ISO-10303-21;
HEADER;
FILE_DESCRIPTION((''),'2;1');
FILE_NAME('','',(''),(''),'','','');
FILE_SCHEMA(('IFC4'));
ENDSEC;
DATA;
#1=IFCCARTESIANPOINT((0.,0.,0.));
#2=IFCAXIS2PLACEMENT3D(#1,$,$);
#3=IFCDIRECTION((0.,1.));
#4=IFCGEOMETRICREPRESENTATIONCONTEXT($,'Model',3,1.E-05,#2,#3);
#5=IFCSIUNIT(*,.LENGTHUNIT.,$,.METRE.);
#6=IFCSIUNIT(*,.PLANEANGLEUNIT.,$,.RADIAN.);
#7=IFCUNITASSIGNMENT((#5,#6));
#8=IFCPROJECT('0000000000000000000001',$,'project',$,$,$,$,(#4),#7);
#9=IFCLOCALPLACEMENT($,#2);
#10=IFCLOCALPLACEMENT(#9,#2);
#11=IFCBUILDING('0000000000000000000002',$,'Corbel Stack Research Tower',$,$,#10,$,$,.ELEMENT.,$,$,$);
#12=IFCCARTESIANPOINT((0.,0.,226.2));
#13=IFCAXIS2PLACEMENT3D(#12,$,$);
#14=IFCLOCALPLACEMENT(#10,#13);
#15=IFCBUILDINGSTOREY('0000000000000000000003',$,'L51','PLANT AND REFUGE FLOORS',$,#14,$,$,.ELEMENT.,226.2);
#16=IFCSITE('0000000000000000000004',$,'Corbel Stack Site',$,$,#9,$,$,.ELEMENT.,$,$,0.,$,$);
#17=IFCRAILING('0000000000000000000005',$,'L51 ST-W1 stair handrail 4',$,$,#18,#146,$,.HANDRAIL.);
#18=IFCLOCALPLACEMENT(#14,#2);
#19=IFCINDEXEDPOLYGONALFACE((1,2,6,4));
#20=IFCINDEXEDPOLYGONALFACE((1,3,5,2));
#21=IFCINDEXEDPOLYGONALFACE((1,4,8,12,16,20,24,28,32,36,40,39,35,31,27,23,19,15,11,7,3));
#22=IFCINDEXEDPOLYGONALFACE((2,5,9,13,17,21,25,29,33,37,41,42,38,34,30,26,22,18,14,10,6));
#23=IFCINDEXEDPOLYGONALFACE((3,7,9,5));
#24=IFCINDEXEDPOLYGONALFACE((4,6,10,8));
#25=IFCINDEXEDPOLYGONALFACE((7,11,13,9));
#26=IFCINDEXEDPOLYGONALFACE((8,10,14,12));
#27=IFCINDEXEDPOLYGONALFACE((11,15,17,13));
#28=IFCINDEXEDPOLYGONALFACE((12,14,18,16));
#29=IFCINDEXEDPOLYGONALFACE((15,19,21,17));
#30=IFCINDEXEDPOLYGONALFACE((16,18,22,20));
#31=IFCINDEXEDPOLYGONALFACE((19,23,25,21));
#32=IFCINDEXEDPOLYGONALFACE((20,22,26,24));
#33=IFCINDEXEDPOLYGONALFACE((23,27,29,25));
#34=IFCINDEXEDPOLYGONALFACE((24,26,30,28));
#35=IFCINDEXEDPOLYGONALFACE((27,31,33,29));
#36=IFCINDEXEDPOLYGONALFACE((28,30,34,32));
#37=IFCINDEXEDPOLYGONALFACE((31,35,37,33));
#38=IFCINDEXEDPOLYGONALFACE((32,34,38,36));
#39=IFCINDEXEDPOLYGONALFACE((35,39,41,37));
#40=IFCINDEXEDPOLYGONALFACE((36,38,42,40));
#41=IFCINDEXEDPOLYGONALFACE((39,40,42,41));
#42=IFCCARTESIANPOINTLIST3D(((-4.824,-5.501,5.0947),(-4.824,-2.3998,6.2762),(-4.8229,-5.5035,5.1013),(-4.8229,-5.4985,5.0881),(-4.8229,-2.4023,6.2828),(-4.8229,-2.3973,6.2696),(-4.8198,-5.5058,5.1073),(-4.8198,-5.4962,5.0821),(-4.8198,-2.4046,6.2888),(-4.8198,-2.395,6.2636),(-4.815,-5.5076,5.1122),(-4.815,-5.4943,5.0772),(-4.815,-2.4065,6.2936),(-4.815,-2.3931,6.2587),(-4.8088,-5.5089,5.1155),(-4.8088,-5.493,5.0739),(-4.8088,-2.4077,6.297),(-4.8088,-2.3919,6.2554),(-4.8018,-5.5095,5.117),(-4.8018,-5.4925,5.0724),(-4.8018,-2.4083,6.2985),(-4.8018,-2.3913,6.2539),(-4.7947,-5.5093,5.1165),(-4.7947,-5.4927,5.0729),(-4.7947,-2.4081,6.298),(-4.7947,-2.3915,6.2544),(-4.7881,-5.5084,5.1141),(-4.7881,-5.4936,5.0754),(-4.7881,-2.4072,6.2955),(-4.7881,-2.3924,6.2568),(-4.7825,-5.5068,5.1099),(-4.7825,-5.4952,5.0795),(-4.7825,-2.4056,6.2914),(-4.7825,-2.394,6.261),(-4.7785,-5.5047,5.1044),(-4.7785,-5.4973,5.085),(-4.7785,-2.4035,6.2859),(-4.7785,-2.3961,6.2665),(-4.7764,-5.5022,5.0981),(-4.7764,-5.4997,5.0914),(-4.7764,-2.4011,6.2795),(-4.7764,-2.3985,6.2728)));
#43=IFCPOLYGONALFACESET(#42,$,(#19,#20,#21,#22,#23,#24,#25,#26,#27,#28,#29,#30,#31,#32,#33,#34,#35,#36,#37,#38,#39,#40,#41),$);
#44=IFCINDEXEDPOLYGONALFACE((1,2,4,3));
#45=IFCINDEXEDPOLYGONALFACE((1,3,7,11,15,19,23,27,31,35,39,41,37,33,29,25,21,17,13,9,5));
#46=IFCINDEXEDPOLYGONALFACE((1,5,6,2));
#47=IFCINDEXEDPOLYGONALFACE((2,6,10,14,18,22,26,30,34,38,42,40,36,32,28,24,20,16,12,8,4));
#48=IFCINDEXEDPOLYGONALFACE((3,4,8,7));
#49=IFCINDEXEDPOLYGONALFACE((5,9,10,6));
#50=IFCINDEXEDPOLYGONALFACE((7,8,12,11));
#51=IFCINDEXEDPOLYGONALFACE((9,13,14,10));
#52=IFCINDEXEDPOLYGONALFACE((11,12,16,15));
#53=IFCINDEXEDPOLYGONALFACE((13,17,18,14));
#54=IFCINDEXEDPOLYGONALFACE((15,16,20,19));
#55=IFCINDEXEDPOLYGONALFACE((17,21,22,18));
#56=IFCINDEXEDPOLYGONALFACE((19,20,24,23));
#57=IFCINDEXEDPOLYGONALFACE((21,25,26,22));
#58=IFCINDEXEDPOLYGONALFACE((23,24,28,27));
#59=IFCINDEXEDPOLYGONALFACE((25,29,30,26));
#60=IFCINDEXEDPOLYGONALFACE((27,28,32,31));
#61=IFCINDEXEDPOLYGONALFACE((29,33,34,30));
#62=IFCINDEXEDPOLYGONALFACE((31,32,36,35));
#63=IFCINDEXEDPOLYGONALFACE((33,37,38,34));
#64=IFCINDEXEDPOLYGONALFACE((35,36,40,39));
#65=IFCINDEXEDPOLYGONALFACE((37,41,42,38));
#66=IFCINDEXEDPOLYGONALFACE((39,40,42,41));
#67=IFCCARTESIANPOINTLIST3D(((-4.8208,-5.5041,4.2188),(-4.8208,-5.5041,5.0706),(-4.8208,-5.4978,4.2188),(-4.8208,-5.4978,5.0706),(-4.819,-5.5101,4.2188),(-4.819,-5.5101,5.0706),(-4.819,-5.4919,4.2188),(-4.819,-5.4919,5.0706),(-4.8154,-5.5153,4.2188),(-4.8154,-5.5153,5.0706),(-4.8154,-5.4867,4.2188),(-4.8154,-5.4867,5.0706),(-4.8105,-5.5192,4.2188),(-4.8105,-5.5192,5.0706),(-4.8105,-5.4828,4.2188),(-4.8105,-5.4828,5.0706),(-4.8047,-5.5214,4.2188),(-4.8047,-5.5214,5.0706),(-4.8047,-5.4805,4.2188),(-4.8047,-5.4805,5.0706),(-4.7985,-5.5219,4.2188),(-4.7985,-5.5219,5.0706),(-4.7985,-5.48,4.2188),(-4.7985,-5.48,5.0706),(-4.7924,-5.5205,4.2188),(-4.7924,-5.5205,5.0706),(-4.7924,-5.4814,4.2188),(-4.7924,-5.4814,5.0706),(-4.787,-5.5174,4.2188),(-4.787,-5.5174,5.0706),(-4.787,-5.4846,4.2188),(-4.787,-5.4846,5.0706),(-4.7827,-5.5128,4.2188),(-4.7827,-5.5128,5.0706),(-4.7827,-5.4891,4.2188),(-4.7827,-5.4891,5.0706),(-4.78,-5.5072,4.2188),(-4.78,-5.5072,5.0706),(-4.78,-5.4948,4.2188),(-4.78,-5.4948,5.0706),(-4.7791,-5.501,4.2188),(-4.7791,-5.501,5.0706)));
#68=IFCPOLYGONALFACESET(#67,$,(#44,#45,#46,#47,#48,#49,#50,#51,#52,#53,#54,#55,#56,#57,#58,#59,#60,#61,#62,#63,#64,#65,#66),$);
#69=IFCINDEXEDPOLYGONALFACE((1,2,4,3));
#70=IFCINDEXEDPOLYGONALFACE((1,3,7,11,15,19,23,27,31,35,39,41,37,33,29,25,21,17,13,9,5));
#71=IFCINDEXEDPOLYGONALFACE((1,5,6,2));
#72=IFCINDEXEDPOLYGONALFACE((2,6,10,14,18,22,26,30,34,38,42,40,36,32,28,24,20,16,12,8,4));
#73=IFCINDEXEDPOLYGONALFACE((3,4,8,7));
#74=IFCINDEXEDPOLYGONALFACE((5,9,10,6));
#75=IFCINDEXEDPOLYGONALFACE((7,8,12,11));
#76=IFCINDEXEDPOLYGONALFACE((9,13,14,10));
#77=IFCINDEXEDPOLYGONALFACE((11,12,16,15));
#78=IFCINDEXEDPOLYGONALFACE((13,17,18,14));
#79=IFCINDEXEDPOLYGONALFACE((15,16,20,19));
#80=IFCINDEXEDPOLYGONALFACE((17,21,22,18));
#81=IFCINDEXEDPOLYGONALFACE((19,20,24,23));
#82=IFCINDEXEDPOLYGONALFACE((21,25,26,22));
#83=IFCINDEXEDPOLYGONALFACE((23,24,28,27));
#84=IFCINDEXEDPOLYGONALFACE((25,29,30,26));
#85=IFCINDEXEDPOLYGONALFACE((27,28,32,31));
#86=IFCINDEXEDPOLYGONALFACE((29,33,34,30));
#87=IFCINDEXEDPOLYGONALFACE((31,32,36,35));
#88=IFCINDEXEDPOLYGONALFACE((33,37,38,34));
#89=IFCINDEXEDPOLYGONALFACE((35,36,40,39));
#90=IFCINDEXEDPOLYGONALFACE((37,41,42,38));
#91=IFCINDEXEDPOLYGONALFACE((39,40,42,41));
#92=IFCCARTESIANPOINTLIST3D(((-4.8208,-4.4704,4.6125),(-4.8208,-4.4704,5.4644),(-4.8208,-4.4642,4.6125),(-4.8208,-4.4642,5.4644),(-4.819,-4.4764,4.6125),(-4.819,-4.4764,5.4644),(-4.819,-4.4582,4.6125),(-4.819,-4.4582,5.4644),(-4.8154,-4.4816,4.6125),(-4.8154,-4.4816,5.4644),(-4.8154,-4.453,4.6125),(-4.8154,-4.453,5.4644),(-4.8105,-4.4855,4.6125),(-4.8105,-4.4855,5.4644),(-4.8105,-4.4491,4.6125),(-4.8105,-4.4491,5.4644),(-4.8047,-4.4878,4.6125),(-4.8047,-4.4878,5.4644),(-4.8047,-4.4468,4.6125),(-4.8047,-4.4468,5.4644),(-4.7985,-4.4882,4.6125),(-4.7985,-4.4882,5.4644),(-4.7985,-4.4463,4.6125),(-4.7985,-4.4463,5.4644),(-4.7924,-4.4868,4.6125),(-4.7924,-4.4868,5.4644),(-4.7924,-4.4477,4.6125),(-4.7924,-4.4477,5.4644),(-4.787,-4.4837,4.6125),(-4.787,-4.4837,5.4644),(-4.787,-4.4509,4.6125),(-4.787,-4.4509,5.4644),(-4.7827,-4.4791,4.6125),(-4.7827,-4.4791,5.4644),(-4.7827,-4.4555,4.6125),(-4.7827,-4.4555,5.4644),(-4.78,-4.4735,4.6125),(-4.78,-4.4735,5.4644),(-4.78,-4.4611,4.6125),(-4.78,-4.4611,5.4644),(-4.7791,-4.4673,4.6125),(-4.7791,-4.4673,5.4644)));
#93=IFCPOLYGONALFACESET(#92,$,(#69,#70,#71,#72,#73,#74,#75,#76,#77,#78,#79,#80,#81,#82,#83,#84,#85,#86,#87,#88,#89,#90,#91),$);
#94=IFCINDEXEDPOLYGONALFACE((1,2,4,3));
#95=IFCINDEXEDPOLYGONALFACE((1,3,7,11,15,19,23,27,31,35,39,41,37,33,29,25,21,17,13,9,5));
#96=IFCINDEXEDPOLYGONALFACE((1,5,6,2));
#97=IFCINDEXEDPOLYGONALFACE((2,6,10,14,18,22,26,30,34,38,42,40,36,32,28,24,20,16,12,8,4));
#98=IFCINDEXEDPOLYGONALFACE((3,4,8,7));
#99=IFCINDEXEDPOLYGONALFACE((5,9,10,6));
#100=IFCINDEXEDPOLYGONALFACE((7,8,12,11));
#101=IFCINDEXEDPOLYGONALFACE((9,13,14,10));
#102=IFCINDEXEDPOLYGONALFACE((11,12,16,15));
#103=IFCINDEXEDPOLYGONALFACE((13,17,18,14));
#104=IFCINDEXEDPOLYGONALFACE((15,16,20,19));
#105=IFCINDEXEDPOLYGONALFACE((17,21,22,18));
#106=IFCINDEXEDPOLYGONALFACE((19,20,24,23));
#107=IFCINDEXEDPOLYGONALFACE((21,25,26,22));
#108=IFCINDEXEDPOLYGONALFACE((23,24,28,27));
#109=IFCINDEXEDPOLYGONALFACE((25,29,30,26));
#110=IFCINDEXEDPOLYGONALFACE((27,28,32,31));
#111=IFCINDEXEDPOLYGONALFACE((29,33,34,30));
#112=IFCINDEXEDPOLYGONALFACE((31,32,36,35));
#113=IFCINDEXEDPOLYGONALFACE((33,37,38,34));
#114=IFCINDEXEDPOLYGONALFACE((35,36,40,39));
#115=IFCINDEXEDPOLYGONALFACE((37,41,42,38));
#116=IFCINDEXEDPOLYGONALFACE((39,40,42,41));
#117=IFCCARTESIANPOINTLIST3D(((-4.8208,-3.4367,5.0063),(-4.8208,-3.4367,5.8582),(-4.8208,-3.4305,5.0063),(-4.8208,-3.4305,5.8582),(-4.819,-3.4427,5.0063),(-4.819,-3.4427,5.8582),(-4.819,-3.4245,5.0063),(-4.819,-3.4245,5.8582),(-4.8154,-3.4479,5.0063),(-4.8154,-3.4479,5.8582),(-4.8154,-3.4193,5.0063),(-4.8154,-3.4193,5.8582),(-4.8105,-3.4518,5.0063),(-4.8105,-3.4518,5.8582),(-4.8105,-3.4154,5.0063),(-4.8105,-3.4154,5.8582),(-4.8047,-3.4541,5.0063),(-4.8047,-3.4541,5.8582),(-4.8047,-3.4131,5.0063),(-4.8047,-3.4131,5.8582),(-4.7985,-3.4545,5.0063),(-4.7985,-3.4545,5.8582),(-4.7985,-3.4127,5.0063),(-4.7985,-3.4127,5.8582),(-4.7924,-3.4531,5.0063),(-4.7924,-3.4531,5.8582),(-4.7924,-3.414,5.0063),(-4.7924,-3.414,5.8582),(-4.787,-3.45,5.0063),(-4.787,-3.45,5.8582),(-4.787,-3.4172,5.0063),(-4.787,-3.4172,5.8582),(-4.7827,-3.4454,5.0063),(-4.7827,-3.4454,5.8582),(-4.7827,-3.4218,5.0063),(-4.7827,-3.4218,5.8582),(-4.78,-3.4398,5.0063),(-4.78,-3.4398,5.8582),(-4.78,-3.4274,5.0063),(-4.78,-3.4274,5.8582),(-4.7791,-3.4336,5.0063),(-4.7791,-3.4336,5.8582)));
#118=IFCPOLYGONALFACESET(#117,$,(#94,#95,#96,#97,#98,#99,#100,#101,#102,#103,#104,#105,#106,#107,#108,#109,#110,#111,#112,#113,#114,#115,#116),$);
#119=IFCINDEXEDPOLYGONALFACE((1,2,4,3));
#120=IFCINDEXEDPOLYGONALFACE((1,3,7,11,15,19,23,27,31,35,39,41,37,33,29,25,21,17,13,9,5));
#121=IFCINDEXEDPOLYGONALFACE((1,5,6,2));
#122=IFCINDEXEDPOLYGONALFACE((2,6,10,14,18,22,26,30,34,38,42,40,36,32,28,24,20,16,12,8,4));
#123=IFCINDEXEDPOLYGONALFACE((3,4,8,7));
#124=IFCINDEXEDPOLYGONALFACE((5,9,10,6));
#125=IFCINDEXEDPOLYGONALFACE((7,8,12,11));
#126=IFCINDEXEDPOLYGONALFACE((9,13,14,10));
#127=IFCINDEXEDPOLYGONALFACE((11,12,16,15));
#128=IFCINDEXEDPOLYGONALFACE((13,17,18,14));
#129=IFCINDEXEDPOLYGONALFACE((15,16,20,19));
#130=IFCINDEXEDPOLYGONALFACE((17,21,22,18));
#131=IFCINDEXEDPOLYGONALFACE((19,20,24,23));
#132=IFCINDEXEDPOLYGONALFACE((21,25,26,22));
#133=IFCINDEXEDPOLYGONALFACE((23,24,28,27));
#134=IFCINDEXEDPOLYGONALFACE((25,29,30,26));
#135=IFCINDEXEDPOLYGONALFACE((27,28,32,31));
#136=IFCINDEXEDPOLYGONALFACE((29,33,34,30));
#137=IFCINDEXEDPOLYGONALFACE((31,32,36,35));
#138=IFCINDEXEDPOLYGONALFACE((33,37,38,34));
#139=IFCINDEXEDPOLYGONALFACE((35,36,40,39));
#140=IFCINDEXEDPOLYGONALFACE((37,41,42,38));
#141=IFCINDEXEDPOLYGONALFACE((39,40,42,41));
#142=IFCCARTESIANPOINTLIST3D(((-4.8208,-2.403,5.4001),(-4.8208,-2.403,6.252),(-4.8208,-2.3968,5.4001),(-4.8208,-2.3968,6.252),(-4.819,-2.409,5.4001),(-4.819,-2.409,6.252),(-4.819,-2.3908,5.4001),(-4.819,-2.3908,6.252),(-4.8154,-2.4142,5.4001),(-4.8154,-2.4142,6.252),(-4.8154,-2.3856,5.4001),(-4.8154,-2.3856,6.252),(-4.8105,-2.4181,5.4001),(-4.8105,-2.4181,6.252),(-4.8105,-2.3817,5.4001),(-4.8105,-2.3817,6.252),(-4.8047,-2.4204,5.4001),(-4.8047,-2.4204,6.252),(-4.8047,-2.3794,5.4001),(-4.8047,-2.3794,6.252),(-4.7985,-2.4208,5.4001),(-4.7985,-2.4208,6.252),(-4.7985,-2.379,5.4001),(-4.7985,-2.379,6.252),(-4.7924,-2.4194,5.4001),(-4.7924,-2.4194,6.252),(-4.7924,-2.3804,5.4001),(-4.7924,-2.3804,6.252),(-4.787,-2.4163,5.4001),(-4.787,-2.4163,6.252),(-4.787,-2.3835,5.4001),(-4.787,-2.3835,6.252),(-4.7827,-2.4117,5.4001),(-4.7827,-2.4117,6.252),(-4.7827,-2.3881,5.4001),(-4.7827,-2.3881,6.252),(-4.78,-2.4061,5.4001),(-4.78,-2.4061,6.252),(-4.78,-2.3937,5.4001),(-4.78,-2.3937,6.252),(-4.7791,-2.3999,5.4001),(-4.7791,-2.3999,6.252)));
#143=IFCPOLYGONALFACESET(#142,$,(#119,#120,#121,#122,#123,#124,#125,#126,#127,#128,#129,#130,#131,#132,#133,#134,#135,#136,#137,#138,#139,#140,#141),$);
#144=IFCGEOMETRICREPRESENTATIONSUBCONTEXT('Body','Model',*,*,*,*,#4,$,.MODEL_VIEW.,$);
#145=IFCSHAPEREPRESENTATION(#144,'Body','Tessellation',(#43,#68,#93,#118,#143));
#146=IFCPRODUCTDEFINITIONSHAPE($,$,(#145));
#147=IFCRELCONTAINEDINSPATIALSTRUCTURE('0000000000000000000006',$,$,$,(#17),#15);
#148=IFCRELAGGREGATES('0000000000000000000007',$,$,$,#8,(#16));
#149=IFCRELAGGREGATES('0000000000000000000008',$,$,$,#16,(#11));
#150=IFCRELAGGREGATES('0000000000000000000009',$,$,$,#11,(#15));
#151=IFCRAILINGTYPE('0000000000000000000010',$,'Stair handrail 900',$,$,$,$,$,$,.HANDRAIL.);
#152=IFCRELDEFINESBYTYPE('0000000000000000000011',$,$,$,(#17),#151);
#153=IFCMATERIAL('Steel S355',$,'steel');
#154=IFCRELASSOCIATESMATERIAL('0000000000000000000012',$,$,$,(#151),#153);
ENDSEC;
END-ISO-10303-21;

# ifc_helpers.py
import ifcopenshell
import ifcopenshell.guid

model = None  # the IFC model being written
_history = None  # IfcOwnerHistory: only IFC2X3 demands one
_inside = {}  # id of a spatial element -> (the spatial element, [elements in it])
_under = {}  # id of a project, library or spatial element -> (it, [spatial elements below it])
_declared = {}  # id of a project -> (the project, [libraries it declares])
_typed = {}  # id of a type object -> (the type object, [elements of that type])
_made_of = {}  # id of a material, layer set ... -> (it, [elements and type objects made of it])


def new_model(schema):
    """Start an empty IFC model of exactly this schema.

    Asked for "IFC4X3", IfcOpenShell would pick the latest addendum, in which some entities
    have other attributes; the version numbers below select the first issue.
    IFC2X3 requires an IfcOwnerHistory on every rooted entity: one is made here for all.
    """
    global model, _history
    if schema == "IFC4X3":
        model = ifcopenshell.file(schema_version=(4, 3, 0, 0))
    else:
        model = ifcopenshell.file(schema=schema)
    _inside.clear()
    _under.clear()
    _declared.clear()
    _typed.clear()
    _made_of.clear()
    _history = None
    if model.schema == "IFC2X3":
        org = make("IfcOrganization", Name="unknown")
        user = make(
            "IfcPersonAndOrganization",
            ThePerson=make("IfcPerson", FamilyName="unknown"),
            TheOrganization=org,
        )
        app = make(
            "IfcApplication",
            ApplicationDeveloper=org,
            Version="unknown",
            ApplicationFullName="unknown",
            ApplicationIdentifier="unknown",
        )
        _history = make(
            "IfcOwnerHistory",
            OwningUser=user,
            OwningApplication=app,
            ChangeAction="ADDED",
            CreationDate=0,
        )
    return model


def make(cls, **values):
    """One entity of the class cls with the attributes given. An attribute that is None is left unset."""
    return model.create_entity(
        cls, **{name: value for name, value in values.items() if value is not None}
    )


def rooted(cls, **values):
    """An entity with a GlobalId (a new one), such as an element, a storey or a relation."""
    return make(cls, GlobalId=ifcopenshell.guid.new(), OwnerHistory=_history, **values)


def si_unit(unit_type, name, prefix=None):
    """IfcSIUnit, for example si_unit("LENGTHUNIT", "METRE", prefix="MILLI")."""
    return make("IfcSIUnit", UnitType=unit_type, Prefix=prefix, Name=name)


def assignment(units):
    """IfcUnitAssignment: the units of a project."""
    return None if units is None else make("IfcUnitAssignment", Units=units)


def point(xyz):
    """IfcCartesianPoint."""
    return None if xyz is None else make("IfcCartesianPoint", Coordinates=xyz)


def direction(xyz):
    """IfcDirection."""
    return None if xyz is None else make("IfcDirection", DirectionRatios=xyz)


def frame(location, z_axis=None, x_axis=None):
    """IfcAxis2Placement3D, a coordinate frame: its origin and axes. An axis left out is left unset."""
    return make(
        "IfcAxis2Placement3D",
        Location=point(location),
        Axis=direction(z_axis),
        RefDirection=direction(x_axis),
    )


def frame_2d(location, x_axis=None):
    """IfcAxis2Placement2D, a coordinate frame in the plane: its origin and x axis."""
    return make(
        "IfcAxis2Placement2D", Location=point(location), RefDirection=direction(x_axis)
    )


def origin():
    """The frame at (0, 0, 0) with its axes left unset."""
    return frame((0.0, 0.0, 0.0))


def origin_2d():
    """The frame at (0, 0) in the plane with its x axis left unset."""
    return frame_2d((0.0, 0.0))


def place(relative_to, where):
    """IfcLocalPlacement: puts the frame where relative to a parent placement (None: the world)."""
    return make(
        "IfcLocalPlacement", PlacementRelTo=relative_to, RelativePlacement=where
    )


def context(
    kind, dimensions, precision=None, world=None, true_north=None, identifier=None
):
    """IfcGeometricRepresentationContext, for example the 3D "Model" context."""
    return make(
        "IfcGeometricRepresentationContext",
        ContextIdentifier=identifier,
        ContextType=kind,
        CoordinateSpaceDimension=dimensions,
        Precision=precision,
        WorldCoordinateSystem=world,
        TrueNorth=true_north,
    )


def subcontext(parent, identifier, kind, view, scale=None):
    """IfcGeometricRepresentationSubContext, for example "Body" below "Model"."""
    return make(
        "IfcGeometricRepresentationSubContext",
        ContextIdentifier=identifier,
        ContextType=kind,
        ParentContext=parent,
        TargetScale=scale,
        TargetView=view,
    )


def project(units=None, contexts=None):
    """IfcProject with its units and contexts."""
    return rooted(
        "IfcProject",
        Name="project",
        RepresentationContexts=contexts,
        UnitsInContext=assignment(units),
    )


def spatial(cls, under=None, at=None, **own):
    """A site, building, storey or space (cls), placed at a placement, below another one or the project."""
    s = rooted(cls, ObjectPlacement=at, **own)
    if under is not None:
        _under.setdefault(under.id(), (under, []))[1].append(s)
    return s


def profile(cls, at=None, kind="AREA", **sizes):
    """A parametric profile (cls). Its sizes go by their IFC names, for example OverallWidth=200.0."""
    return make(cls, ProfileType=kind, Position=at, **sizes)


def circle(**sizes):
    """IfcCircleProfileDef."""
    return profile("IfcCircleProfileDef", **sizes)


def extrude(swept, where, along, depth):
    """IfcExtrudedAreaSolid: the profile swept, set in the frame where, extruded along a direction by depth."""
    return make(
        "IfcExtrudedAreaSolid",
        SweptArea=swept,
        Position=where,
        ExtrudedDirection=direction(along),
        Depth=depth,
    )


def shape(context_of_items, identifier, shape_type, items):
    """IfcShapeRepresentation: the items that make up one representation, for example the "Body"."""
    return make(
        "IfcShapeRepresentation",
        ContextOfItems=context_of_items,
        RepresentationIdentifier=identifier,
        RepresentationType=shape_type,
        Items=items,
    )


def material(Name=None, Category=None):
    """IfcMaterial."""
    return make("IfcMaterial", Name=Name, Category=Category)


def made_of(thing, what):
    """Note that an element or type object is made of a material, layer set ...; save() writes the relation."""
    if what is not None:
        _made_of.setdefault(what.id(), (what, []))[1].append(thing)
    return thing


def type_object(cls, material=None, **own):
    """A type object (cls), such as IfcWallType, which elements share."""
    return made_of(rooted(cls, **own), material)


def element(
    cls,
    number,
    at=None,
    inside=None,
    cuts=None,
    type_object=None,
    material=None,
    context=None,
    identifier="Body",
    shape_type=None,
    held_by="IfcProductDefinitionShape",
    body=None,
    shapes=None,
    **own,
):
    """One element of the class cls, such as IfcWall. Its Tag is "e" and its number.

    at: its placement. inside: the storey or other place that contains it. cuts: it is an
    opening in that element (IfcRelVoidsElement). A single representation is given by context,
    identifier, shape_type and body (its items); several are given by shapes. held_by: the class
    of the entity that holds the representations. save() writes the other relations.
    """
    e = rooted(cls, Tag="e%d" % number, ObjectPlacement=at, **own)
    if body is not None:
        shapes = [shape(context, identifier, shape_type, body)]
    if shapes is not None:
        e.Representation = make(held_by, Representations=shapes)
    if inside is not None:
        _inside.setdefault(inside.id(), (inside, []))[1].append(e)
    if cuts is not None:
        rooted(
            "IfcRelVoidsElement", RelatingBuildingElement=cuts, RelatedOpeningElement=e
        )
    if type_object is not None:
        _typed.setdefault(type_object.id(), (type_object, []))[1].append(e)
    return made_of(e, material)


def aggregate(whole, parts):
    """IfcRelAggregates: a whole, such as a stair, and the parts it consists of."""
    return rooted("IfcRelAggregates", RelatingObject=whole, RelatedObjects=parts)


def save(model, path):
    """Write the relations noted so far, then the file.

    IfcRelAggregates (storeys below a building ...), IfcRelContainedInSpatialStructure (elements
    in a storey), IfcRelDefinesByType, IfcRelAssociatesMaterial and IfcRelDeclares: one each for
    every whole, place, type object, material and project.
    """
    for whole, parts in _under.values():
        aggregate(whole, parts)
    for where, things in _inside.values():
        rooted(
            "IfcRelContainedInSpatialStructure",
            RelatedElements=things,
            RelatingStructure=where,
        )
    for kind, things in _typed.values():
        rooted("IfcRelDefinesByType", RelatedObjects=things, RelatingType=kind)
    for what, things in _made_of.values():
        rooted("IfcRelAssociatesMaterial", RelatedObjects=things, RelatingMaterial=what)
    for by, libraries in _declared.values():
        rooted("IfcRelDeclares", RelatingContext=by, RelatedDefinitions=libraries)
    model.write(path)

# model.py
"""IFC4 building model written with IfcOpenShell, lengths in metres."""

from ifc_helpers import new_model, si_unit, direction, frame, origin, origin_2d, place, context, subcontext, project, spatial, circle, extrude, material, type_object, element, save


model = new_model("IFC4")

# Units and contexts
model_context = context("Model", 3, precision=1e-05, world=origin(), true_north=direction((0.0, 1.0)))
body_context = subcontext(model_context, "Body", "Model", "MODEL_VIEW")
ifc_project = project(units=[si_unit("LENGTHUNIT", "METRE"), si_unit("PLANEANGLEUNIT", "RADIAN")], contexts=[model_context])

# Site, building, storey
site_placement = place(None, origin())
site = spatial("IfcSite", under=ifc_project, at=site_placement, Name="Corbel Stack Site", CompositionType="ELEMENT", RefElevation=0.0)
building_placement = place(site_placement, origin())
building = spatial("IfcBuilding", under=site, at=building_placement, Name="Corbel Stack Research Tower", CompositionType="ELEMENT")
storey_placement = place(building_placement, frame((0.0, 0.0, 226.2)))
storey = spatial("IfcBuildingStorey", under=building, at=storey_placement, Name="L51", Description="PLANT AND REFUGE FLOORS", CompositionType="ELEMENT", Elevation=226.2)

# Railing
ifc_material_1 = material(Name="Steel S355", Category="steel")
railing_type = type_object("IfcRailingType", Name="Stair handrail 900", PredefinedType="HANDRAIL", material=ifc_material_1)
railing_1_placement = place(storey_placement, frame((-4.8, -5.501, 4.2188)))
element("IfcRailing", 1, at=railing_1_placement, inside=storey, type_object=railing_type, Name="L51 ST-W1 stair handrail 4", PredefinedType="HANDRAIL", context=body_context, shape_type="SweptSolid", body=[
    extrude(circle(Radius=0.0239, at=origin_2d()), frame((0.0, 0.0, 0.876), z_axis=(0.0, 0.934484, 0.356005), x_axis=(-1.0, 0.0, 0.0)), (0.0, 0.0, 1.0), 3.3186),
    extrude(circle(Radius=0.021, at=origin_2d()), origin(), (0.0, 0.0, 1.0), 0.8518),
    extrude(circle(Radius=0.021, at=origin_2d()), frame((0.0, 1.0337, 0.3938)), (0.0, 0.0, 1.0), 0.8518),
    extrude(circle(Radius=0.021, at=origin_2d()), frame((0.0, 2.0674, 0.7876)), (0.0, 0.0, 1.0), 0.8518),
    extrude(circle(Radius=0.021, at=origin_2d()), frame((0.0, 3.1011, 1.1814)), (0.0, 0.0, 1.0), 0.8518),
])

save(model, "model.ifc")
